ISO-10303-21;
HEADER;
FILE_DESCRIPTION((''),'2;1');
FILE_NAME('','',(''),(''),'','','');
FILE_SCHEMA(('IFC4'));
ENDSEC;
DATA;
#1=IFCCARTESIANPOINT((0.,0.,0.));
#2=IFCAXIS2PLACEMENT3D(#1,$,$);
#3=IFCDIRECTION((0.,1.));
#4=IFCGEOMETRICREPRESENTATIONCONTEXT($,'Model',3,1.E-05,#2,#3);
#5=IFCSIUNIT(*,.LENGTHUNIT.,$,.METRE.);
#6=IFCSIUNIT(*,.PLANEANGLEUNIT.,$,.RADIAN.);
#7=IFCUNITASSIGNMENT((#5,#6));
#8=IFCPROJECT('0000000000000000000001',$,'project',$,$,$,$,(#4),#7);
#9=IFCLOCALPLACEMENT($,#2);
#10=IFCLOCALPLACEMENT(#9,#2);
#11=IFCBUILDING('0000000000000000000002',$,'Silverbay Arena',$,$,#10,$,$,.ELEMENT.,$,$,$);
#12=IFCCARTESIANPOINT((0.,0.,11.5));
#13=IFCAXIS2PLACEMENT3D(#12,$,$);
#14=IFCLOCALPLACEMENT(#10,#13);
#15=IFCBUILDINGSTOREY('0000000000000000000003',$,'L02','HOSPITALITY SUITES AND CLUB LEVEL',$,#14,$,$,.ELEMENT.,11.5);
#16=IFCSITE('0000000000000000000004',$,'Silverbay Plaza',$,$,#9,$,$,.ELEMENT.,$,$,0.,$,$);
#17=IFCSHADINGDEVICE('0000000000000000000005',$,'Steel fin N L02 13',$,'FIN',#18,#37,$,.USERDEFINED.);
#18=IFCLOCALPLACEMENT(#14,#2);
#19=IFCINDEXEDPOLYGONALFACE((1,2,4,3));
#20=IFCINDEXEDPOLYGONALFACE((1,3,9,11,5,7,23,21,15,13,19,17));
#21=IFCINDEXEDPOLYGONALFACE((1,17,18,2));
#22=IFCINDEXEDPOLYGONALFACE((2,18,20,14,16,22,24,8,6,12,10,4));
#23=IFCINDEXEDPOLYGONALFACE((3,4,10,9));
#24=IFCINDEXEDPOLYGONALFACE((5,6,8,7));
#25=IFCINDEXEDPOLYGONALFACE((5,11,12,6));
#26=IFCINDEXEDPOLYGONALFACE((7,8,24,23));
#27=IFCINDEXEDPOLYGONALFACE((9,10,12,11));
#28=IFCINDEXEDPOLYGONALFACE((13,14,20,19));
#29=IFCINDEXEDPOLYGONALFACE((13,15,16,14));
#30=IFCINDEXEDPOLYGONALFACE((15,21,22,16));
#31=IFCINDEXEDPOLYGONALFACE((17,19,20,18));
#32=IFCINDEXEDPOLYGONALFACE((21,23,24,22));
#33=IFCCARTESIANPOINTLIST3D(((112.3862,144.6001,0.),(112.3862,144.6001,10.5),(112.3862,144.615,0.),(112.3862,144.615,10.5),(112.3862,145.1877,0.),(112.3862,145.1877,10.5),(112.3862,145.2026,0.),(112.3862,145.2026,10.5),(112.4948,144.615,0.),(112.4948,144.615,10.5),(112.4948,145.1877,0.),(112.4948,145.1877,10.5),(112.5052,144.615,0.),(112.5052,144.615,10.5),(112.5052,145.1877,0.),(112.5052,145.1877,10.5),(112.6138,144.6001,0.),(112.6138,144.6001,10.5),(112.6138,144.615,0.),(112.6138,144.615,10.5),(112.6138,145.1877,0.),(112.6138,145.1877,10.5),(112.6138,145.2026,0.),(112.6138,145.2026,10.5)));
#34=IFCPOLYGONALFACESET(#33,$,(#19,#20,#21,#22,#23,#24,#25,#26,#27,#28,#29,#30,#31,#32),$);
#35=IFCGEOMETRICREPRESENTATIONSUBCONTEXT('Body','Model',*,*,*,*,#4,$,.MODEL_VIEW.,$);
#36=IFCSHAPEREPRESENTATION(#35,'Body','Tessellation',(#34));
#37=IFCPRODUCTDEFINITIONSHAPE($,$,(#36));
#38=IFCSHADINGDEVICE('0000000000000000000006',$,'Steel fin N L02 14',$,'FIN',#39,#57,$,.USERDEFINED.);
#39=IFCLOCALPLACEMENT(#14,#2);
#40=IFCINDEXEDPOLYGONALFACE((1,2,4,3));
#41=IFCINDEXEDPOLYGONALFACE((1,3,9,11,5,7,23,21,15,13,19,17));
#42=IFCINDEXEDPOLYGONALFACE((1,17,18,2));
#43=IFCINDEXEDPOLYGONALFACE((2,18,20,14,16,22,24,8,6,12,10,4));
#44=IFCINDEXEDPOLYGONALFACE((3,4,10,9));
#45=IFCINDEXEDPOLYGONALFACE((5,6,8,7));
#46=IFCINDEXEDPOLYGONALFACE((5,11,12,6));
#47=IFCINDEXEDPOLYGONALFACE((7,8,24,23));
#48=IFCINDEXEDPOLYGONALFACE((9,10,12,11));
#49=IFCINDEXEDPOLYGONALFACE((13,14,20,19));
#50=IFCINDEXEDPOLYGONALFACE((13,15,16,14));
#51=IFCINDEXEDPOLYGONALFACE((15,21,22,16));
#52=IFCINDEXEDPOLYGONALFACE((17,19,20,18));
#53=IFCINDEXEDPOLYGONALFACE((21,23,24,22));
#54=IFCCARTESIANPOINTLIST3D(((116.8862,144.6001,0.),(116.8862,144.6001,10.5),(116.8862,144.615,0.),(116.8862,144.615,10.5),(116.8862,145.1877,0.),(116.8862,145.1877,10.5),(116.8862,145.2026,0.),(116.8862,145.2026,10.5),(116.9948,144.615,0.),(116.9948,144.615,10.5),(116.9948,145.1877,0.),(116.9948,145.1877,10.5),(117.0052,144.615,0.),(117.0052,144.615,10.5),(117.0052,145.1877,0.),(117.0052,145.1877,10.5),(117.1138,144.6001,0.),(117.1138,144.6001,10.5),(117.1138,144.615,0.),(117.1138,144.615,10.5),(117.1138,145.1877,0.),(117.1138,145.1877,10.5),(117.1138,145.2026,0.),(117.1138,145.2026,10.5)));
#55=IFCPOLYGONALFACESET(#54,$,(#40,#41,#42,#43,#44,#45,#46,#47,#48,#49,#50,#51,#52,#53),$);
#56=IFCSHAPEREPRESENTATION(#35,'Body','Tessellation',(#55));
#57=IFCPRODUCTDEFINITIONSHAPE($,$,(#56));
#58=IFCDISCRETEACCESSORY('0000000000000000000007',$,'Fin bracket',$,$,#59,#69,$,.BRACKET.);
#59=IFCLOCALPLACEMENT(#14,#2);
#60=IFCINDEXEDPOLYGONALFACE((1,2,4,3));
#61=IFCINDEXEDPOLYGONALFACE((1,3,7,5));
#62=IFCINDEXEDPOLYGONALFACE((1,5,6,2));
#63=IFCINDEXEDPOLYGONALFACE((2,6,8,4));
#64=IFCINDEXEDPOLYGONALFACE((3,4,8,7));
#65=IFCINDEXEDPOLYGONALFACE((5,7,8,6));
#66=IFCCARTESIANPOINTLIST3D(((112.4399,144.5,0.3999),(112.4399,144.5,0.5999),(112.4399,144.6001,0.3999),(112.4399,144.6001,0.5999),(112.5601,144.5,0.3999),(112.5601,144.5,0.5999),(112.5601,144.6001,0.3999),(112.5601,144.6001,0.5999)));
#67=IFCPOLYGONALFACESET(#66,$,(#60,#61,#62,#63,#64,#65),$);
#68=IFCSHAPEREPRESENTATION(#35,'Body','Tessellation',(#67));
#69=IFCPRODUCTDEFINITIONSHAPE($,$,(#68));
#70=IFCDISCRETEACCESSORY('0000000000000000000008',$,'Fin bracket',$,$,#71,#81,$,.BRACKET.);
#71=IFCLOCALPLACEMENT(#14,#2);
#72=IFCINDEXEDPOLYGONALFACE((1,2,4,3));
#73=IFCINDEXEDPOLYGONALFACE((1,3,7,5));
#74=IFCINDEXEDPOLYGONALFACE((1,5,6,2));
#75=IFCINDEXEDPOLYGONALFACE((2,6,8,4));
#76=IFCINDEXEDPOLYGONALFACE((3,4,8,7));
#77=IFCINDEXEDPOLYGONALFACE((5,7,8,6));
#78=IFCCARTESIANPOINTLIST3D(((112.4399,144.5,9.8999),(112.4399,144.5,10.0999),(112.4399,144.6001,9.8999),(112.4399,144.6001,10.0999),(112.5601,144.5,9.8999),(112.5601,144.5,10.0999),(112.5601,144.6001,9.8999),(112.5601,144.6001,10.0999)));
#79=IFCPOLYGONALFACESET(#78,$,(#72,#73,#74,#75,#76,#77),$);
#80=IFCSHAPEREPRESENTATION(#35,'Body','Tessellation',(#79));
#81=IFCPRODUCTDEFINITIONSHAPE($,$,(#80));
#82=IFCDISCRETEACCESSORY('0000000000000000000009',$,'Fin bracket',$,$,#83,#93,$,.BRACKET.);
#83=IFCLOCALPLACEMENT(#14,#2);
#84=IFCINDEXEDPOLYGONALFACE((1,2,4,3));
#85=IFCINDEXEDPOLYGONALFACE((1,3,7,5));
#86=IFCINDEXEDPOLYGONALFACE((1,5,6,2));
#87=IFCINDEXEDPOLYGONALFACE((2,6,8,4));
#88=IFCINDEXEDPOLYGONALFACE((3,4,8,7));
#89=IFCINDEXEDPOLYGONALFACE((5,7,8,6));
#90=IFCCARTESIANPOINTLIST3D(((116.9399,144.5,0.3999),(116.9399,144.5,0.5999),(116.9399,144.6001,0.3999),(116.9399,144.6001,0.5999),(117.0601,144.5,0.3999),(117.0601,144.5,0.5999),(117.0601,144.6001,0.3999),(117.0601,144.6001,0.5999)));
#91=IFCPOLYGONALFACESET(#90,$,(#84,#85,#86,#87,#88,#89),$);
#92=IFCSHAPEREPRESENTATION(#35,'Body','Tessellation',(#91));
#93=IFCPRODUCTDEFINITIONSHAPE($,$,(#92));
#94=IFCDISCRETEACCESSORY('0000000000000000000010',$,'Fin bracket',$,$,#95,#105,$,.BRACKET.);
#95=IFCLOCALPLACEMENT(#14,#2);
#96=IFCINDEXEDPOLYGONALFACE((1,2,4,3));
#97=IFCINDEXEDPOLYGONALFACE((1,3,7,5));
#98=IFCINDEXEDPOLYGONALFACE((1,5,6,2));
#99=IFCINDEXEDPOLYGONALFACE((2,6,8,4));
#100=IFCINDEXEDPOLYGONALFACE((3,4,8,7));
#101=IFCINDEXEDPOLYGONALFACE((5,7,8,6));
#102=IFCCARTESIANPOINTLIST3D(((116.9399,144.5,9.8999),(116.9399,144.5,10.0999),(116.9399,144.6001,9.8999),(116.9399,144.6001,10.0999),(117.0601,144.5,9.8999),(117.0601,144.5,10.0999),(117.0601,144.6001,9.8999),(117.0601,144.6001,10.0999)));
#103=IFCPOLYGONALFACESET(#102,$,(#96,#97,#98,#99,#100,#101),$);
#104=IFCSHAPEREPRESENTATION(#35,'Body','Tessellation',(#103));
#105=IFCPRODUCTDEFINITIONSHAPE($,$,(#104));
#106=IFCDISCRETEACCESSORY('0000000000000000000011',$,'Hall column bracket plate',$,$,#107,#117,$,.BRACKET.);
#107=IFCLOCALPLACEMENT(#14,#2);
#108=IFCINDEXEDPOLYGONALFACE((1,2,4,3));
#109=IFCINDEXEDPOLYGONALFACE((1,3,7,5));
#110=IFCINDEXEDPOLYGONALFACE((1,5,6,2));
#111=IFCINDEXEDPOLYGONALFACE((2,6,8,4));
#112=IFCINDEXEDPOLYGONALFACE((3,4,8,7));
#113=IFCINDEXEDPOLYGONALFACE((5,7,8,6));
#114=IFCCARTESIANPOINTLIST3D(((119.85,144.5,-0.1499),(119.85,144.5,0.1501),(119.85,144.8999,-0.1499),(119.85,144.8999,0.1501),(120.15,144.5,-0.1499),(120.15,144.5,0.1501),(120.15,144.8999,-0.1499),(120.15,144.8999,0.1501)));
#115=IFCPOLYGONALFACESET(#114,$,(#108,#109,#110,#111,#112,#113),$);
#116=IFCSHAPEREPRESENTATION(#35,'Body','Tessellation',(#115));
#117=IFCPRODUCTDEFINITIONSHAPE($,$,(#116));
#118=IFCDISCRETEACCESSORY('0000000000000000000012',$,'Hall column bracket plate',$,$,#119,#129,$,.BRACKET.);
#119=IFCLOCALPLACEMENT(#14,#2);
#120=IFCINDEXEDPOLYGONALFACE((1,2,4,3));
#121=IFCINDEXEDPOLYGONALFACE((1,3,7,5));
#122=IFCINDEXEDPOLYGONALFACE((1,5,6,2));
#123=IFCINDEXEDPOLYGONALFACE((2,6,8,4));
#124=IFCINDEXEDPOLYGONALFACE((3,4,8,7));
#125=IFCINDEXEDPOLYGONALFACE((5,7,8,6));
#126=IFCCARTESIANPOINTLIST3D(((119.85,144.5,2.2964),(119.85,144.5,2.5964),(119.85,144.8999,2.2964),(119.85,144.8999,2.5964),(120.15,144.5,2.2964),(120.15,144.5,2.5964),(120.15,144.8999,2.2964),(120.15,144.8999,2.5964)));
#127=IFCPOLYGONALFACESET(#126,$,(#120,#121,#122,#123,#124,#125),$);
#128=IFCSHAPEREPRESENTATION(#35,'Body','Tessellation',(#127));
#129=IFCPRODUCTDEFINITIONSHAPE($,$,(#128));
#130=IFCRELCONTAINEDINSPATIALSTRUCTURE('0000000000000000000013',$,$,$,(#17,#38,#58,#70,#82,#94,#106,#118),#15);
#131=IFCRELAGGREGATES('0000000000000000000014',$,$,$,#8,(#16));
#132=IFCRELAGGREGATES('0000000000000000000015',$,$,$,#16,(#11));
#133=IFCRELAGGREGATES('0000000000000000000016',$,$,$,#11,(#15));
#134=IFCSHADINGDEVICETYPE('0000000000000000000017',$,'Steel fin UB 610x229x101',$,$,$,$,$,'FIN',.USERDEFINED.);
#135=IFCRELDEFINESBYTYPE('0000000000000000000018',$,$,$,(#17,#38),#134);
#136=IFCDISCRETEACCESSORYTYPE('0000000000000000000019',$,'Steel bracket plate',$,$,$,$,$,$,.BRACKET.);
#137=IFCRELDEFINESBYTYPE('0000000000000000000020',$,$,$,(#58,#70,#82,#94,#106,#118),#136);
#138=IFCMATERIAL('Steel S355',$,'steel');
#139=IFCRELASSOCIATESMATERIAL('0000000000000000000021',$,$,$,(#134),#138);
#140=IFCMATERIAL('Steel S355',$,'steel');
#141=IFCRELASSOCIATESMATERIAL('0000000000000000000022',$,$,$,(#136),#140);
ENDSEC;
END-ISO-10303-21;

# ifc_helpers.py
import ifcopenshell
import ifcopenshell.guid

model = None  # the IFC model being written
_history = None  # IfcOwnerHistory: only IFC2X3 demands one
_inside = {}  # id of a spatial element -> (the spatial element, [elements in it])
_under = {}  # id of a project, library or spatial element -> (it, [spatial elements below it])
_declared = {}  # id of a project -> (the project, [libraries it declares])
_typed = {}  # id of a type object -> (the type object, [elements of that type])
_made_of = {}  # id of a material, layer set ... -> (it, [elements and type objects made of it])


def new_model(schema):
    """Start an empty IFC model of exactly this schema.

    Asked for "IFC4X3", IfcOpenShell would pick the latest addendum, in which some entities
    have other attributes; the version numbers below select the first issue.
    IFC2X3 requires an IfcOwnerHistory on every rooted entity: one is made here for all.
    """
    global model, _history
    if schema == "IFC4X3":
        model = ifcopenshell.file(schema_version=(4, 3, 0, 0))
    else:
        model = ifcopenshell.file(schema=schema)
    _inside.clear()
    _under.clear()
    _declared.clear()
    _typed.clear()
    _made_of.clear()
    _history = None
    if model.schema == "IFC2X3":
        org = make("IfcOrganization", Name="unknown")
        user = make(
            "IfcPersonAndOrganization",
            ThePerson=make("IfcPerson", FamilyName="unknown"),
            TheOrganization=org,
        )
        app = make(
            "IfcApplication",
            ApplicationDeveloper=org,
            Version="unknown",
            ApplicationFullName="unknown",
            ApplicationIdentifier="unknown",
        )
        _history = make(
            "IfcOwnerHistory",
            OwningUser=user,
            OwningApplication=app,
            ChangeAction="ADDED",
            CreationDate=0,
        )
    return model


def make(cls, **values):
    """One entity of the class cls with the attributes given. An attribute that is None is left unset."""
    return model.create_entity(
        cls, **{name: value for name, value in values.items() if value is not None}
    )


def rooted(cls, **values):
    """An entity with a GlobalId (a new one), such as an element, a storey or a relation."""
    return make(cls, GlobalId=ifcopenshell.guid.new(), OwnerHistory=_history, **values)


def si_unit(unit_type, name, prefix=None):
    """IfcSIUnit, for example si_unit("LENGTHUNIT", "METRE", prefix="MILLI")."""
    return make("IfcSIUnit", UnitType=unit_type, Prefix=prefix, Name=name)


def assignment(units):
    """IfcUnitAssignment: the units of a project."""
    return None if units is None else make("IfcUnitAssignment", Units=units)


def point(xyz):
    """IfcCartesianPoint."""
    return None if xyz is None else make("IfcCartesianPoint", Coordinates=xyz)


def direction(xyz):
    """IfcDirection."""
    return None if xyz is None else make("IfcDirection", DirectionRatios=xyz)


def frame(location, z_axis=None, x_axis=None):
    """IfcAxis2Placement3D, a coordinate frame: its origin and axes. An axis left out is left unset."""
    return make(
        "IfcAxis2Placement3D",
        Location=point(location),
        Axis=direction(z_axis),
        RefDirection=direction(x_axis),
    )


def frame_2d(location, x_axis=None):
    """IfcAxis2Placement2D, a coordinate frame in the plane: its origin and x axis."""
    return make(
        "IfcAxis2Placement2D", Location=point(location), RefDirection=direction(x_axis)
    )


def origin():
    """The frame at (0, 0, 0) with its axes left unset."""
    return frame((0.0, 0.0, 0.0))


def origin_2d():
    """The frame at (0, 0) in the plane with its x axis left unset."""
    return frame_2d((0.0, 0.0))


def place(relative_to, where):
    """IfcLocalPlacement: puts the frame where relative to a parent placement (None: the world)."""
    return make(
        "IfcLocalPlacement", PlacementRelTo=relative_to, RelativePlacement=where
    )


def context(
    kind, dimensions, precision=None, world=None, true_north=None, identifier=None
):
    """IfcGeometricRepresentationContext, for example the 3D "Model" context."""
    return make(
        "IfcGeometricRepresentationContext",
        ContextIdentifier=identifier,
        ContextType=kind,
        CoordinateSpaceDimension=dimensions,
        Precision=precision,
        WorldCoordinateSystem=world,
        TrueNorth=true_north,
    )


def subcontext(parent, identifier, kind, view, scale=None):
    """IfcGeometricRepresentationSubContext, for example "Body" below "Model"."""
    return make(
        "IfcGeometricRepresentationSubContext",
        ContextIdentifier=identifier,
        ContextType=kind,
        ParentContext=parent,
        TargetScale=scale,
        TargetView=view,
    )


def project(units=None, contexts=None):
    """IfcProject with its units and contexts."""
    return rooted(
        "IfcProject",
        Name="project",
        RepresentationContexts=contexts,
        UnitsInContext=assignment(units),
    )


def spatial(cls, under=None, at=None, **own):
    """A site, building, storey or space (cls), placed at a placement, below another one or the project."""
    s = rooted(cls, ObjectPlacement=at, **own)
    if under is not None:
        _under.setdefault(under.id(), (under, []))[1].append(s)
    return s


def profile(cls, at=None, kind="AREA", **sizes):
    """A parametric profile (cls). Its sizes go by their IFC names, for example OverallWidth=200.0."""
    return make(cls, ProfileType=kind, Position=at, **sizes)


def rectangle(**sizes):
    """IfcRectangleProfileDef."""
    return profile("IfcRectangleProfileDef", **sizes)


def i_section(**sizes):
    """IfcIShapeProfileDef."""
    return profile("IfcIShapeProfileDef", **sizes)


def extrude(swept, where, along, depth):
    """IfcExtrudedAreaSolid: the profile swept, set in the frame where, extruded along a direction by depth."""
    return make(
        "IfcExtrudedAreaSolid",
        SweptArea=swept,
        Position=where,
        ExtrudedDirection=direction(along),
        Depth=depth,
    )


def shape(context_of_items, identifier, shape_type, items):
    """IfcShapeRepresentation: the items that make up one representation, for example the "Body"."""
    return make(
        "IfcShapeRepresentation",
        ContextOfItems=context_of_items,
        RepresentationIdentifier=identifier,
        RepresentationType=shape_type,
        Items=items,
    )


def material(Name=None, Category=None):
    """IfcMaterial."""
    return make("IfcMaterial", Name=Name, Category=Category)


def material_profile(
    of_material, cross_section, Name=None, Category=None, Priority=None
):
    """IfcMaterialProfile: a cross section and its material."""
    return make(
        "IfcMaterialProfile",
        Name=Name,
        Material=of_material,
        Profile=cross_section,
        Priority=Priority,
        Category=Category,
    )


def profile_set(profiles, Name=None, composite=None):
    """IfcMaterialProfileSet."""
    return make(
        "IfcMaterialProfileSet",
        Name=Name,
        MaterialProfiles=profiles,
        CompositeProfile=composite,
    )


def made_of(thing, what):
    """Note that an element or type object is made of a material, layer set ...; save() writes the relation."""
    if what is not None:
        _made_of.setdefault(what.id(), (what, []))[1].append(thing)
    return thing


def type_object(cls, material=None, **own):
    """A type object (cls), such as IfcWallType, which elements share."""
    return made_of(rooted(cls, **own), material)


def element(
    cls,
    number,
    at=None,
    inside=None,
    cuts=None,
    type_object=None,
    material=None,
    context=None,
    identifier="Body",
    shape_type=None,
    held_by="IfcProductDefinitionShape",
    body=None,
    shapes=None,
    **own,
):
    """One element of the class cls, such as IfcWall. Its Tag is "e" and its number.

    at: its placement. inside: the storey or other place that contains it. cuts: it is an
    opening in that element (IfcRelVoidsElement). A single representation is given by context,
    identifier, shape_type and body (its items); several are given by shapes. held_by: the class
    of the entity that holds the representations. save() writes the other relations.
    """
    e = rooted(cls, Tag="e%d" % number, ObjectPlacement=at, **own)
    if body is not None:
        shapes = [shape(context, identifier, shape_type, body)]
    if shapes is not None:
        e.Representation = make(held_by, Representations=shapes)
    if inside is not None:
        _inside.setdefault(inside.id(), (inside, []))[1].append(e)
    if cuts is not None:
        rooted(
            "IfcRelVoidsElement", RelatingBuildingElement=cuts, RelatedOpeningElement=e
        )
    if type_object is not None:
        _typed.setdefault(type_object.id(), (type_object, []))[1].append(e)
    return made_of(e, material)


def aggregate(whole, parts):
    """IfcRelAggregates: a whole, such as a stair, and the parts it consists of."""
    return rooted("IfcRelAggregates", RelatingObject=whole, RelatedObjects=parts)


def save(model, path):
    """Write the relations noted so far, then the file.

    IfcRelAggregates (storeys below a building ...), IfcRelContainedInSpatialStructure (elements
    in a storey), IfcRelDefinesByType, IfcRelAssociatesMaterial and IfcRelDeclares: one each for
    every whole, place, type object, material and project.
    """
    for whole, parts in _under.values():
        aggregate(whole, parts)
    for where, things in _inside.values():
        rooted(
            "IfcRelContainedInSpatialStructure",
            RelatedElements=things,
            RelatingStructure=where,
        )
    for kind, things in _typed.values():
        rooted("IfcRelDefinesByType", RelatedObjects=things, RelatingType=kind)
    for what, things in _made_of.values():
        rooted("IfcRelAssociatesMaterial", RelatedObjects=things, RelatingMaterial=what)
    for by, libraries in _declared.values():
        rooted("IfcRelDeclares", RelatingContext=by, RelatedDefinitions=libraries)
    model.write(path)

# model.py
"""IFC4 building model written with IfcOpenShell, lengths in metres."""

from ifc_helpers import new_model, si_unit, direction, frame, origin, origin_2d, place, context, subcontext, project, spatial, rectangle, i_section, extrude, material, material_profile, profile_set, type_object, element, save


model = new_model("IFC4")

# Units and contexts
model_context = context("Model", 3, precision=1e-05, world=origin(), true_north=direction((0.0, 1.0)))
body_context = subcontext(model_context, "Body", "Model", "MODEL_VIEW")
ifc_project = project(units=[si_unit("LENGTHUNIT", "METRE"), si_unit("PLANEANGLEUNIT", "RADIAN")], contexts=[model_context])

# Site, building, storey
site_placement = place(None, origin())
site = spatial("IfcSite", under=ifc_project, at=site_placement, Name="Silverbay Plaza", CompositionType="ELEMENT", RefElevation=0.0)
building_placement = place(site_placement, origin())
building = spatial("IfcBuilding", under=site, at=building_placement, Name="Silverbay Arena", CompositionType="ELEMENT")
storey_placement = place(building_placement, frame((0.0, 0.0, 11.5)))
storey = spatial("IfcBuildingStorey", under=building, at=storey_placement, Name="L02", Description="HOSPITALITY SUITES AND CLUB LEVEL", CompositionType="ELEMENT", Elevation=11.5)

# Shading devices
ifc_material_1 = material(Name="Steel S355", Category="steel")
ifc_material_profile_1 = material_profile(ifc_material_1, i_section(OverallWidth=0.2275, OverallDepth=0.6025, WebThickness=0.0105, FlangeThickness=0.0149, at=origin_2d()), Name="UB 610x229x101")
ifc_profile_set_1 = profile_set([ifc_material_profile_1], Name="Steel S355")
shading_device_type = type_object("IfcShadingDeviceType", Name="Steel fin UB 610x229x101", ElementType="FIN", PredefinedType="USERDEFINED", material=ifc_profile_set_1)
for number, where, z_axis, x_axis, name in (
    (1, (112.5, 144.9014, 0.0), (0.0, 0.0, 1.0), (1.0, 0.0, 0.0), "Steel fin N L02 13"),
    (2, (117.0, 144.9014, 0.0), (0.0, 0.0, 1.0), (1.0, 0.0, 0.0), "Steel fin N L02 14"),
):
    element("IfcShadingDevice", number, at=place(storey_placement, frame(where, z_axis=z_axis, x_axis=x_axis)), inside=storey, type_object=shading_device_type, Name=name, ObjectType="FIN", PredefinedType="USERDEFINED", context=body_context, shape_type="SweptSolid", body=[
        extrude(i_section(OverallWidth=0.2275, OverallDepth=0.6025, WebThickness=0.0105, FlangeThickness=0.0149, at=origin_2d()), origin(), (0.0, 0.0, 1.0), 10.5),
    ])

# Discrete accessories
ifc_material_2 = material(Name="Steel S355", Category="steel")
discrete_accessory_type = type_object("IfcDiscreteAccessoryType", Name="Steel bracket plate", PredefinedType="BRACKET", material=ifc_material_2)
for number, where, z_axis, x_axis, name in (
    (3, (112.5, 144.55, 0.3999), (0.0, 0.0, 1.0), (1.0, 0.0, 0.0), "Fin bracket"),
    (4, (112.5, 144.55, 9.8999), (0.0, 0.0, 1.0), (1.0, 0.0, 0.0), "Fin bracket"),
    (5, (117.0, 144.55, 0.3999), (0.0, 0.0, 1.0), (1.0, 0.0, 0.0), "Fin bracket"),
    (6, (117.0, 144.55, 9.8999), (0.0, 0.0, 1.0), (1.0, 0.0, 0.0), "Fin bracket"),
):
    element("IfcDiscreteAccessory", number, at=place(storey_placement, frame(where, z_axis=z_axis, x_axis=x_axis)), inside=storey, type_object=discrete_accessory_type, Name=name, PredefinedType="BRACKET", context=body_context, shape_type="SweptSolid", body=[
        extrude(rectangle(XDim=0.1201, YDim=0.1001, at=origin_2d()), origin(), (0.0, 0.0, 1.0), 0.2),
    ])
for number, where, z_axis, x_axis, name in (
    (7, (120.0, 144.7, -0.1499), (0.0, 0.0, 1.0), (1.0, 0.0, 0.0), "Hall column bracket plate"),
    (8, (120.0, 144.7, 2.2964), (0.0, 0.0, 1.0), (1.0, 0.0, 0.0), "Hall column bracket plate"),
):
    element("IfcDiscreteAccessory", number, at=place(storey_placement, frame(where, z_axis=z_axis, x_axis=x_axis)), inside=storey, type_object=discrete_accessory_type, Name=name, PredefinedType="BRACKET", context=body_context, shape_type="SweptSolid", body=[
        extrude(rectangle(XDim=0.3, YDim=0.3999, at=origin_2d()), origin(), (0.0, 0.0, 1.0), 0.3),
    ])

save(model, "model.ifc")
